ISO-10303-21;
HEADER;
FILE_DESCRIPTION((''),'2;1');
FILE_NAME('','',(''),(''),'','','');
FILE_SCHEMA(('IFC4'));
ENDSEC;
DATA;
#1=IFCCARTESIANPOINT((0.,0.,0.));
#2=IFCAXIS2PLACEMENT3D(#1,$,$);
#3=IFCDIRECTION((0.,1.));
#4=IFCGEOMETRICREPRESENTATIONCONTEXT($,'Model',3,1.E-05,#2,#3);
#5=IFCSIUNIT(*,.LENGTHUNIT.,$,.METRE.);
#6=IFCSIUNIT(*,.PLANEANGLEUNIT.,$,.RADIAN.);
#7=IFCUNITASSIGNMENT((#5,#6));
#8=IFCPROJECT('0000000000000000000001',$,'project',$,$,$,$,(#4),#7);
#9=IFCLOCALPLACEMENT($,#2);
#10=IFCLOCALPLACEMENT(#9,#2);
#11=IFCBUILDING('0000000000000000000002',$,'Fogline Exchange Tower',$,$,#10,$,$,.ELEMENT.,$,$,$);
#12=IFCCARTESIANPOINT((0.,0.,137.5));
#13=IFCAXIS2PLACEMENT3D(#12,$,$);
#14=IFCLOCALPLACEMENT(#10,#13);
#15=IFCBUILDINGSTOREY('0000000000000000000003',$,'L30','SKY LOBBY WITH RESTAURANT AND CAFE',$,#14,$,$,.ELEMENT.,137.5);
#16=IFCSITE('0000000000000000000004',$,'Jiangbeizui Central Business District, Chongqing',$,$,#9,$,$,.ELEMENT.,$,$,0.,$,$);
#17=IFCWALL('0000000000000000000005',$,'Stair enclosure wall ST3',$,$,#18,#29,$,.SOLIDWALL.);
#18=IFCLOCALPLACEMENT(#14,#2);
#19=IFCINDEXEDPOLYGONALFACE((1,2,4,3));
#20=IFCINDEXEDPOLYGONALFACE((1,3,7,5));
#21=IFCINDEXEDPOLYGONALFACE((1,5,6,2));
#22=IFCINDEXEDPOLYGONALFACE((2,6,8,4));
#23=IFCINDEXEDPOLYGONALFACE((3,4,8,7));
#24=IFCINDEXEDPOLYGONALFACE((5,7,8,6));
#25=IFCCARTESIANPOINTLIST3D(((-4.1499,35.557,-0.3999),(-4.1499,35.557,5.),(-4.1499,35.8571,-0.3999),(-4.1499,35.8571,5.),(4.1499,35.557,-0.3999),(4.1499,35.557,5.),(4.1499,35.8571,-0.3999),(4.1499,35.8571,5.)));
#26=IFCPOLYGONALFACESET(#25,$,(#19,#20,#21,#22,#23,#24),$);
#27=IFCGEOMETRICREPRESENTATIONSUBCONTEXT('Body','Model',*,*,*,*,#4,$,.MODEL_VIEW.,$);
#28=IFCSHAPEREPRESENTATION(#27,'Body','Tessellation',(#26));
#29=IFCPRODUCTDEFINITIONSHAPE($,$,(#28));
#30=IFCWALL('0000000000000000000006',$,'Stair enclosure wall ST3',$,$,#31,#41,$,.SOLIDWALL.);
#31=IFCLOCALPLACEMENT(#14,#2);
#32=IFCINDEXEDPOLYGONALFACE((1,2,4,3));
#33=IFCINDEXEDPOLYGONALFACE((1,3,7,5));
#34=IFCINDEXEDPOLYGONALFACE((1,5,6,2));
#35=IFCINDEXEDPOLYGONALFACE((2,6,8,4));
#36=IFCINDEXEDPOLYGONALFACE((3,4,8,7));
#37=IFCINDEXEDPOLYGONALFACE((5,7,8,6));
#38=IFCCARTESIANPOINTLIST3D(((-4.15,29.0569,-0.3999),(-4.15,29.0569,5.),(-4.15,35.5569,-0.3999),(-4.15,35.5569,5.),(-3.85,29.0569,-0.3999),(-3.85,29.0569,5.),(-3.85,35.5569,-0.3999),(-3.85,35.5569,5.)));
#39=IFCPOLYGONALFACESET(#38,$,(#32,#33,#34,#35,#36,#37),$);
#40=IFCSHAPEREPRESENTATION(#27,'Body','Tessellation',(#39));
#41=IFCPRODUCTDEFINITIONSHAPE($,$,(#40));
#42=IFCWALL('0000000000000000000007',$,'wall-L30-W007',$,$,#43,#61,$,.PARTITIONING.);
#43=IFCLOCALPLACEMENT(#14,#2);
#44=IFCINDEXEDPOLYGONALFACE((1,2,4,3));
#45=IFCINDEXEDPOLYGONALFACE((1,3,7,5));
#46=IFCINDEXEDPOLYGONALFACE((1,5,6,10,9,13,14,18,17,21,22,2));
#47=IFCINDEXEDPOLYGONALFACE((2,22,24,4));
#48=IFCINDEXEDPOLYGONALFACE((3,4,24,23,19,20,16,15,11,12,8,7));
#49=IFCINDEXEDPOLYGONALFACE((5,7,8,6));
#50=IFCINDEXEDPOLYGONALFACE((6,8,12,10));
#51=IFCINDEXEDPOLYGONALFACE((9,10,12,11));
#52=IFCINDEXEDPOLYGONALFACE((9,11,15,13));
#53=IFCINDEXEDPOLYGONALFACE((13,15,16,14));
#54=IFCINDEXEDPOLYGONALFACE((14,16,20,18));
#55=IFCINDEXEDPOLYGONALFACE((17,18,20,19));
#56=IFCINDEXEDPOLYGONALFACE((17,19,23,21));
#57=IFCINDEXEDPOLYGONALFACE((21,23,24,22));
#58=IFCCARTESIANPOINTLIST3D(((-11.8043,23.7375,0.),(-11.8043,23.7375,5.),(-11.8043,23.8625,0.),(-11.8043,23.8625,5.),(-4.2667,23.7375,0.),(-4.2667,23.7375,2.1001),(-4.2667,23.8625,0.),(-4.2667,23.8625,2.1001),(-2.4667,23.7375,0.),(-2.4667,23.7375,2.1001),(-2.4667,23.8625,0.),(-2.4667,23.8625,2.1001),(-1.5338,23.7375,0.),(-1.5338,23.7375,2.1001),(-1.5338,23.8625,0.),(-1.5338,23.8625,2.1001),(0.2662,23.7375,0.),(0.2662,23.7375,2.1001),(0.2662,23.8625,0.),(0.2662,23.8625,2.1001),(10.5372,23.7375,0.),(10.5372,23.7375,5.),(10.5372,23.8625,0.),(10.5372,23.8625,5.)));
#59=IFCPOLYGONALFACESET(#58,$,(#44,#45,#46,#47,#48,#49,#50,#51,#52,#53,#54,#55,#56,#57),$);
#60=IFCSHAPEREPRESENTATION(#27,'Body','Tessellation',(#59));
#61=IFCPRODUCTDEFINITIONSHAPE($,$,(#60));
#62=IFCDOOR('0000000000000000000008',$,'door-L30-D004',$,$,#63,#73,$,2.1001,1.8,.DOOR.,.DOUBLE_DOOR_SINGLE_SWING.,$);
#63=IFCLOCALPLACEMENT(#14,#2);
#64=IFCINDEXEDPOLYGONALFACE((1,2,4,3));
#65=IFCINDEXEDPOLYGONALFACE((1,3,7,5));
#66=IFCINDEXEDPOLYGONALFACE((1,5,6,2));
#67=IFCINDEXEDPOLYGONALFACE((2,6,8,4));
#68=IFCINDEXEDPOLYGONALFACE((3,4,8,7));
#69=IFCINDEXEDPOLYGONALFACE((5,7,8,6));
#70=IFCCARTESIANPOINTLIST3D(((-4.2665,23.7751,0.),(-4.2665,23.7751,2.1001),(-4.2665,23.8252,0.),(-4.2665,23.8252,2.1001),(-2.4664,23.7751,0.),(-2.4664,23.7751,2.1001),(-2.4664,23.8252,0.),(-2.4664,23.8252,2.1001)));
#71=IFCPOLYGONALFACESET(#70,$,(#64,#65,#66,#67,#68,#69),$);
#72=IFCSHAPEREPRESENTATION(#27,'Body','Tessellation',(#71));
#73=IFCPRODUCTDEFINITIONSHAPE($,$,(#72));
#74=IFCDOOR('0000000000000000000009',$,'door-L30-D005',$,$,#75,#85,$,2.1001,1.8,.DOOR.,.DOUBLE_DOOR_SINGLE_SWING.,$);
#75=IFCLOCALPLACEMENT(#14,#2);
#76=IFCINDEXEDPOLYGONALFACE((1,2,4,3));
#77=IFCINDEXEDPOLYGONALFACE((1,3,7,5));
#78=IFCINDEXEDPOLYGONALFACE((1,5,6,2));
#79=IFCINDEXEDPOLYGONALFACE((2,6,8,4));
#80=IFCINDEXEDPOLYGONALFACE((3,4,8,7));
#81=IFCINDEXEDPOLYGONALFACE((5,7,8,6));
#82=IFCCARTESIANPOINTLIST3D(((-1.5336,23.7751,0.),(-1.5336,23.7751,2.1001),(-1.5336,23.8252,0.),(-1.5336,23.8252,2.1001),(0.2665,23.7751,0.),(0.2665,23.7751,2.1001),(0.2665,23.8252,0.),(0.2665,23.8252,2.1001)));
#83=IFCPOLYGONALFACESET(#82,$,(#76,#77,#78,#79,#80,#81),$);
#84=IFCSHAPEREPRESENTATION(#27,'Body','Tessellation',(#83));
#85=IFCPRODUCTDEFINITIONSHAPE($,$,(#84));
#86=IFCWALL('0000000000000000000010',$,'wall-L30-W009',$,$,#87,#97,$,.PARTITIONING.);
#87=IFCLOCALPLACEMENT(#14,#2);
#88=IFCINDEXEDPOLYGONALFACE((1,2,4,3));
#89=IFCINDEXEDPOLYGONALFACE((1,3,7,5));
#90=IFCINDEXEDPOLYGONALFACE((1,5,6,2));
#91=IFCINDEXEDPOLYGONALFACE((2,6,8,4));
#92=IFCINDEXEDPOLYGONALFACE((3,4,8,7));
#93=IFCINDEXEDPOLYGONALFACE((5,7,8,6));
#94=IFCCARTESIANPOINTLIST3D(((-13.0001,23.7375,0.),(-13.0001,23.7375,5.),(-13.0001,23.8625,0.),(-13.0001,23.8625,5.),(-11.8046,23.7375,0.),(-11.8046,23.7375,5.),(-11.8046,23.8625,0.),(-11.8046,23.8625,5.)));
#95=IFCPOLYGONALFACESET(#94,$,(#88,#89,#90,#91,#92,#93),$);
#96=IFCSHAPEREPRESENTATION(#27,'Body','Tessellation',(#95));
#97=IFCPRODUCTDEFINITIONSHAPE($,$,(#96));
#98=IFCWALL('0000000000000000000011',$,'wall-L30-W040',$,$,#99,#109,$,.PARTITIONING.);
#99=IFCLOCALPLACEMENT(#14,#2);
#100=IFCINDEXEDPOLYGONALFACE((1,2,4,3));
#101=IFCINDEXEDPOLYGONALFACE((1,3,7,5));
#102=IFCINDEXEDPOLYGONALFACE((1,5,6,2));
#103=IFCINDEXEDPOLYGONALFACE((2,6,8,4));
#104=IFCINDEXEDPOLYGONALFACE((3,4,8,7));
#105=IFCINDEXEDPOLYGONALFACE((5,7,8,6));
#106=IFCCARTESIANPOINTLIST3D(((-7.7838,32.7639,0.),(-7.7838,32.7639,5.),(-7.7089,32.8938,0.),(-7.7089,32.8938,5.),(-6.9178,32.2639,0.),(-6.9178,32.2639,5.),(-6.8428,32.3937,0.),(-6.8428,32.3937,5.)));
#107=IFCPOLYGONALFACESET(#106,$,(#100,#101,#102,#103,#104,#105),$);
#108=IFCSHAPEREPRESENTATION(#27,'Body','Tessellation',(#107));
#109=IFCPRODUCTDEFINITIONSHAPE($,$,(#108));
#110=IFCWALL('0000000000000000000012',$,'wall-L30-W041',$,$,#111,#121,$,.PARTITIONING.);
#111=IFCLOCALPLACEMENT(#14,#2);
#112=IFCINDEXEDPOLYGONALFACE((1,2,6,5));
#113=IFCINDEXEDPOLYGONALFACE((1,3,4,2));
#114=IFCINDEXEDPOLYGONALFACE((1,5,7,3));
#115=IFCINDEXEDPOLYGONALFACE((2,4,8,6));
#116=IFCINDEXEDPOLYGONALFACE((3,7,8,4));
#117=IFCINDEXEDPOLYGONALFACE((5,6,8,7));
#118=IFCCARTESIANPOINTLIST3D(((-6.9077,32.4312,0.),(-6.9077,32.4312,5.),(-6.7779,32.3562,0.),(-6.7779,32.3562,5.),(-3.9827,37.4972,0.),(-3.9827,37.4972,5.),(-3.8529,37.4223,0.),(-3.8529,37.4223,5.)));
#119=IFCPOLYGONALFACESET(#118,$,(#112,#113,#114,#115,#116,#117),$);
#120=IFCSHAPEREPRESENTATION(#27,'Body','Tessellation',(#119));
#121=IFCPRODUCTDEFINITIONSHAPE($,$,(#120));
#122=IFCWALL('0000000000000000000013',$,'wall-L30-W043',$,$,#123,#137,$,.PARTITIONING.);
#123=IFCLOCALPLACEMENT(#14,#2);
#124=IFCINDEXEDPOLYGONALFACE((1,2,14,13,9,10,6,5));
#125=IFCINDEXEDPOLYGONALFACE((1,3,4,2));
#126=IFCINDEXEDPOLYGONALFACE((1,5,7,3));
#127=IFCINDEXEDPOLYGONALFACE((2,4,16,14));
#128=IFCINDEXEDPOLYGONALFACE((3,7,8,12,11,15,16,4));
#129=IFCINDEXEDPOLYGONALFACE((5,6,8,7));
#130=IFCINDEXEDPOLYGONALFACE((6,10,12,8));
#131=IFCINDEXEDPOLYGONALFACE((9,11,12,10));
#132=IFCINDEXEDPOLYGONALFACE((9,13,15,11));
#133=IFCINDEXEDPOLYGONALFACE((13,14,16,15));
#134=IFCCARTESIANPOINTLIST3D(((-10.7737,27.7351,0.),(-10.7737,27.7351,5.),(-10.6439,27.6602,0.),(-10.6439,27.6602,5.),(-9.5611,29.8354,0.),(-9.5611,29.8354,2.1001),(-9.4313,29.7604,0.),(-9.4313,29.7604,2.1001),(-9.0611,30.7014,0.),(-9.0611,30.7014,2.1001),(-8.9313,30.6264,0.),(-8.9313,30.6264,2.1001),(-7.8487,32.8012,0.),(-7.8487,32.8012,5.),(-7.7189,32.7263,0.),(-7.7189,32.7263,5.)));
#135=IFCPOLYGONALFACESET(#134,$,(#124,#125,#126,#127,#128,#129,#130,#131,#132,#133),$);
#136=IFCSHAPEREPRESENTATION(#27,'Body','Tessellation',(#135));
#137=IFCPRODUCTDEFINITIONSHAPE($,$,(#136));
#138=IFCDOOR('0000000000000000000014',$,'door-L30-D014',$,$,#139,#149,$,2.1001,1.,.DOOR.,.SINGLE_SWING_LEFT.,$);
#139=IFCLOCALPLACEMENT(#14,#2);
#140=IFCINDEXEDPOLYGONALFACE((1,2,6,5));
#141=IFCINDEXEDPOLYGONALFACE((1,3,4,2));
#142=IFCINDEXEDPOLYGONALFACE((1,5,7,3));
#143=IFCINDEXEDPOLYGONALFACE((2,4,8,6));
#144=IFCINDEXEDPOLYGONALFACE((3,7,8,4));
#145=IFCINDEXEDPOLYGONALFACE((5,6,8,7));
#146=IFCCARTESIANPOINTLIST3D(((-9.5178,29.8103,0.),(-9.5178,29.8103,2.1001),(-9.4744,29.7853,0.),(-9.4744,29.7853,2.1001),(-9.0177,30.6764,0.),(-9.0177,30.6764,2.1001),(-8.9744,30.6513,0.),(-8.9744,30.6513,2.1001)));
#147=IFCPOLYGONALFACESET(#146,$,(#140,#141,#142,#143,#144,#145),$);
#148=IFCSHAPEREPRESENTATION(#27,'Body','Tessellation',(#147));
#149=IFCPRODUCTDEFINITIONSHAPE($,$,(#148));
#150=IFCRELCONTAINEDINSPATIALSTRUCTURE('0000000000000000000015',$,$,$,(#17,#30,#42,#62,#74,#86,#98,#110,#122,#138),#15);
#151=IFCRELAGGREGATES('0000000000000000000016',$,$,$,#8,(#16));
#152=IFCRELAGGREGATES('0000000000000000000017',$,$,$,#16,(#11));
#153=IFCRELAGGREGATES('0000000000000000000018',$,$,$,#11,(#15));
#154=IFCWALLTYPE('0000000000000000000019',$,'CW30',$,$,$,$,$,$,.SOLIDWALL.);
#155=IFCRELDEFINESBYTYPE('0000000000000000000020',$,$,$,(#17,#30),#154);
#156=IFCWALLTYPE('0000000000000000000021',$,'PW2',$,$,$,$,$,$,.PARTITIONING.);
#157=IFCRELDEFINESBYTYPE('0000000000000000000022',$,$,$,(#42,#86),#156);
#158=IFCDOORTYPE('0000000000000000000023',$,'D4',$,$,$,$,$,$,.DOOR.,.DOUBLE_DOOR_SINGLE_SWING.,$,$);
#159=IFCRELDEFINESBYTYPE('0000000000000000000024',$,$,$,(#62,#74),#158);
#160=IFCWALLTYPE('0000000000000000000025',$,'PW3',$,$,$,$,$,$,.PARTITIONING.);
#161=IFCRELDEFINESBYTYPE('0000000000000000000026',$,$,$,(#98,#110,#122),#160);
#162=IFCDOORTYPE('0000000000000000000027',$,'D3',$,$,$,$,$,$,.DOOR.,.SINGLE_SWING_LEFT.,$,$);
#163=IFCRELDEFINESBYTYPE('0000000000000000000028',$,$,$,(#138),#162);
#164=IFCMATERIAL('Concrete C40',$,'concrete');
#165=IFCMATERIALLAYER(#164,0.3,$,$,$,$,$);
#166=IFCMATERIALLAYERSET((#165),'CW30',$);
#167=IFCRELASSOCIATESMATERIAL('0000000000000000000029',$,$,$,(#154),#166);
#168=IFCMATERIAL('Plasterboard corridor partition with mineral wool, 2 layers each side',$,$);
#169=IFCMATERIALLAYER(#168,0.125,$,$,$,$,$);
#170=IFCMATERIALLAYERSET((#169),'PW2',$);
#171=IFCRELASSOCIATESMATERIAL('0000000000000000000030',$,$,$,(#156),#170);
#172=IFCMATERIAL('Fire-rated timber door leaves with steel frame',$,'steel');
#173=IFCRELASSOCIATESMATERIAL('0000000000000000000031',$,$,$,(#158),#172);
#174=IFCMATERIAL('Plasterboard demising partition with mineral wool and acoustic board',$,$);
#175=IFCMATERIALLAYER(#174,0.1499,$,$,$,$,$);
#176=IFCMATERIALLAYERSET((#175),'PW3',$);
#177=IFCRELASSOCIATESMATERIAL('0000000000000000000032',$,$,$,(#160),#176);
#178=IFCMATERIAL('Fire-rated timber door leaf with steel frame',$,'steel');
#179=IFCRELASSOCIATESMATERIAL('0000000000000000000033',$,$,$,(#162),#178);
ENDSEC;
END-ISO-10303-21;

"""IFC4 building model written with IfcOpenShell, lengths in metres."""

from ifc_helpers import new_model, si_unit, direction, frame, frame_2d, origin, place, context, subcontext, project, spatial, rectangle, extrude, material, layer, layer_set, type_object, element, fill, save


model = new_model("IFC4")

# Units and contexts
model_context = context("Model", 3, precision=1e-05, world=origin(), true_north=direction((0.0, 1.0)))
body_context = subcontext(model_context, "Body", "Model", "MODEL_VIEW")
ifc_project = project(units=[si_unit("LENGTHUNIT", "METRE"), si_unit("PLANEANGLEUNIT", "RADIAN")], contexts=[model_context])

# Site, building, storey
site_placement = place(None, origin())
site = spatial("IfcSite", under=ifc_project, at=site_placement, Name="Jiangbeizui Central Business District, Chongqing", CompositionType="ELEMENT", RefElevation=0.0)
building_placement = place(site_placement, origin())
building = spatial("IfcBuilding", under=site, at=building_placement, Name="Fogline Exchange Tower", CompositionType="ELEMENT")
storey_placement = place(building_placement, frame((0.0, 0.0, 137.5)))
storey = spatial("IfcBuildingStorey", under=building, at=storey_placement, Name="L30", Description="SKY LOBBY WITH RESTAURANT AND CAFE", CompositionType="ELEMENT", Elevation=137.5)

# Shared definitions
ifc_material_1 = material(Name="Concrete C40", Category="concrete")

# Shared definitions
ifc_layer_1 = layer(ifc_material_1, 0.3)
ifc_layer_set_1 = layer_set([ifc_layer_1], Name="CW30")
wall_type_1 = type_object("IfcWallType", Name="CW30", PredefinedType="SOLIDWALL", material=ifc_layer_set_1)

# Walls
wall_1_placement = place(storey_placement, frame((-4.1499, 35.707, -0.3999), z_axis=(0.0, 0.0, 1.0), x_axis=(1.0, 0.0, 0.0)))
element("IfcWall", 1, at=wall_1_placement, inside=storey, type_object=wall_type_1, Name="Stair enclosure wall ST3", PredefinedType="SOLIDWALL", context=body_context, shape_type="SweptSolid", body=[
    extrude(rectangle(XDim=8.2998, YDim=0.3, at=frame_2d((4.1499, 0.0))), origin(), (0.0, 0.0, 1.0), 5.3999),
])
wall_2_placement = place(storey_placement, frame((-4.0, 29.0569, -0.3999), z_axis=(0.0, 0.0, 1.0), x_axis=(0.0, 1.0, 0.0)))
element("IfcWall", 2, at=wall_2_placement, inside=storey, type_object=wall_type_1, Name="Stair enclosure wall ST3", PredefinedType="SOLIDWALL", context=body_context, shape_type="SweptSolid", body=[
    extrude(rectangle(XDim=6.5, YDim=0.3, at=frame_2d((3.25, 0.0))), origin(), (0.0, 0.0, 1.0), 5.3999),
])

# Wall, openings, doors
ifc_material_2 = material(Name="Plasterboard corridor partition with mineral wool, 2 layers each side")
ifc_layer_2 = layer(ifc_material_2, 0.125)
ifc_layer_set_2 = layer_set([ifc_layer_2], Name="PW2")
wall_type_2 = type_object("IfcWallType", Name="PW2", PredefinedType="PARTITIONING", material=ifc_layer_set_2)
wall_3_placement = place(storey_placement, frame((-11.8044, 23.8, 0.0), z_axis=(0.0, 0.0, 1.0), x_axis=(1.0, 0.0, 0.0)))
wall_3 = element("IfcWall", 3, at=wall_3_placement, inside=storey, type_object=wall_type_2, Name="wall-L30-W007", PredefinedType="PARTITIONING", context=body_context, shape_type="SweptSolid", body=[
    extrude(rectangle(XDim=22.3416, YDim=0.125, at=frame_2d((11.1709, 0.0))), origin(), (0.0, 0.0, 1.0), 5.0),
])
opening_1_placement = place(wall_3_placement, frame((7.5378, 0.0, 0.0)))
opening_1 = element("IfcOpeningElement", 4, at=opening_1_placement, cuts=wall_3, PredefinedType="OPENING", context=body_context, shape_type="SweptSolid", body=[
    extrude(rectangle(XDim=1.8, YDim=2.1001, at=frame_2d((0.8999, 1.05))), frame((0.0, 0.0725, 0.0), z_axis=(0.0, -1.0, 0.0), x_axis=(1.0, 0.0, 0.0)), (0.0, 0.0, 1.0), 0.145),
])
opening_2_placement = place(wall_3_placement, frame((10.2708, 0.0, 0.0)))
opening_2 = element("IfcOpeningElement", 5, at=opening_2_placement, cuts=wall_3, PredefinedType="OPENING", context=body_context, shape_type="SweptSolid", body=[
    extrude(rectangle(XDim=1.8, YDim=2.1001, at=frame_2d((0.8999, 1.05))), frame((0.0, 0.0725, 0.0), z_axis=(0.0, -1.0, 0.0), x_axis=(1.0, 0.0, 0.0)), (0.0, 0.0, 1.0), 0.145),
])
ifc_material_3 = material(Name="Fire-rated timber door leaves with steel frame", Category="steel")
door_type_1 = type_object("IfcDoorType", Name="D4", OperationType="DOUBLE_DOOR_SINGLE_SWING", PredefinedType="DOOR", material=ifc_material_3)
door_1_placement = place(opening_1_placement, frame((1.8, 0.0, 0.0), z_axis=(0.0, 0.0, 1.0), x_axis=(-1.0, 0.0, 0.0)))
door_1 = element("IfcDoor", 6, at=door_1_placement, inside=storey, type_object=door_type_1, Name="door-L30-D004", OperationType="DOUBLE_DOOR_SINGLE_SWING", OverallHeight=2.1001, OverallWidth=1.8, PredefinedType="DOOR", context=body_context, shape_type="SweptSolid", body=[
    extrude(rectangle(XDim=1.8, YDim=2.1001, at=frame_2d((0.8999, 1.05))), frame((0.0, 0.0249, 0.0), z_axis=(0.0, -1.0, 0.0), x_axis=(1.0, 0.0, 0.0)), (0.0, 0.0, 1.0), 0.05),
])
fill(opening_1, door_1)
door_2_placement = place(opening_2_placement, frame((1.8, 0.0, 0.0), z_axis=(0.0, 0.0, 1.0), x_axis=(-1.0, 0.0, 0.0)))
door_2 = element("IfcDoor", 7, at=door_2_placement, inside=storey, type_object=door_type_1, Name="door-L30-D005", OperationType="DOUBLE_DOOR_SINGLE_SWING", OverallHeight=2.1001, OverallWidth=1.8, PredefinedType="DOOR", context=body_context, shape_type="SweptSolid", body=[
    extrude(rectangle(XDim=1.8, YDim=2.1001, at=frame_2d((0.8999, 1.05))), frame((0.0, 0.0249, 0.0), z_axis=(0.0, -1.0, 0.0), x_axis=(1.0, 0.0, 0.0)), (0.0, 0.0, 1.0), 0.05),
])
fill(opening_2, door_2)

# Walls
wall_4_placement = place(storey_placement, frame((-13.0, 23.8, 0.0), z_axis=(0.0, 0.0, 1.0), x_axis=(1.0, 0.0, 0.0)))
element("IfcWall", 8, at=wall_4_placement, inside=storey, type_object=wall_type_2, Name="wall-L30-W009", PredefinedType="PARTITIONING", context=body_context, shape_type="SweptSolid", body=[
    extrude(rectangle(XDim=1.1956, YDim=0.125, at=frame_2d((0.5977, 0.0))), origin(), (0.0, 0.0, 1.0), 5.0),
])
ifc_material_4 = material(Name="Plasterboard demising partition with mineral wool and acoustic board")
ifc_layer_3 = layer(ifc_material_4, 0.1499)
ifc_layer_set_3 = layer_set([ifc_layer_3], Name="PW3")
wall_type_3 = type_object("IfcWallType", Name="PW3", PredefinedType="PARTITIONING", material=ifc_layer_set_3)
wall_5_placement = place(storey_placement, frame((-7.7463, 32.8289, 0.0), z_axis=(0.0, 0.0, 1.0), x_axis=(0.866011, -0.500025, 0.0)))
element("IfcWall", 9, at=wall_5_placement, inside=storey, type_object=wall_type_3, Name="wall-L30-W040", PredefinedType="PARTITIONING", context=body_context, shape_type="SweptSolid", body=[
    extrude(rectangle(XDim=1.0, YDim=0.1499, at=frame_2d((0.5, 0.0))), origin(), (0.0, 0.0, 1.0), 5.0),
])
wall_6_placement = place(storey_placement, frame((-6.8428, 32.3938, 0.0), z_axis=(0.0, 0.0, 1.0), x_axis=(0.500013, 0.866018, 0.0)))
element("IfcWall", 10, at=wall_6_placement, inside=storey, type_object=wall_type_3, Name="wall-L30-W041", PredefinedType="PARTITIONING", context=body_context, shape_type="SweptSolid", body=[
    extrude(rectangle(XDim=5.8499, YDim=0.1499, at=frame_2d((2.9248, 0.0))), origin(), (0.0, 0.0, 1.0), 5.0),
])

# Wall, opening, door
wall_7_placement = place(storey_placement, frame((-10.7087, 27.6978, 0.0), z_axis=(0.0, 0.0, 1.0), x_axis=(0.500013, 0.866018, 0.0)))
wall_7 = element("IfcWall", 11, at=wall_7_placement, inside=storey, type_object=wall_type_3, Name="wall-L30-W043", PredefinedType="PARTITIONING", context=body_context, shape_type="SweptSolid", body=[
    extrude(rectangle(XDim=5.8499, YDim=0.1499, at=frame_2d((2.9248, 0.0))), origin(), (0.0, 0.0, 1.0), 5.0),
])
opening_3_placement = place(wall_7_placement, frame((2.425, 0.0, 0.0)))
opening_3 = element("IfcOpeningElement", 12, at=opening_3_placement, cuts=wall_7, PredefinedType="OPENING", context=body_context, shape_type="SweptSolid", body=[
    extrude(rectangle(XDim=1.0, YDim=2.1001, at=frame_2d((0.5, 1.05))), frame((0.0, 0.085, 0.0), z_axis=(0.0, -1.0, 0.0), x_axis=(1.0, 0.0, 0.0)), (0.0, 0.0, 1.0), 0.1699),
])
ifc_material_5 = material(Name="Fire-rated timber door leaf with steel frame", Category="steel")
door_type_2 = type_object("IfcDoorType", Name="D3", OperationType="SINGLE_SWING_LEFT", PredefinedType="DOOR", material=ifc_material_5)
door_3_placement = place(opening_3_placement, origin())
door_3 = element("IfcDoor", 13, at=door_3_placement, inside=storey, type_object=door_type_2, Name="door-L30-D014", OperationType="SINGLE_SWING_LEFT", OverallHeight=2.1001, OverallWidth=1.0, PredefinedType="DOOR", context=body_context, shape_type="SweptSolid", body=[
    extrude(rectangle(XDim=1.0, YDim=2.1001, at=frame_2d((0.5, 1.05))), frame((0.0, 0.0249, 0.0), z_axis=(0.0, -1.0, 0.0), x_axis=(1.0, 0.0, 0.0)), (0.0, 0.0, 1.0), 0.05),
])
fill(opening_3, door_3)

save(model, "model.ifc")
